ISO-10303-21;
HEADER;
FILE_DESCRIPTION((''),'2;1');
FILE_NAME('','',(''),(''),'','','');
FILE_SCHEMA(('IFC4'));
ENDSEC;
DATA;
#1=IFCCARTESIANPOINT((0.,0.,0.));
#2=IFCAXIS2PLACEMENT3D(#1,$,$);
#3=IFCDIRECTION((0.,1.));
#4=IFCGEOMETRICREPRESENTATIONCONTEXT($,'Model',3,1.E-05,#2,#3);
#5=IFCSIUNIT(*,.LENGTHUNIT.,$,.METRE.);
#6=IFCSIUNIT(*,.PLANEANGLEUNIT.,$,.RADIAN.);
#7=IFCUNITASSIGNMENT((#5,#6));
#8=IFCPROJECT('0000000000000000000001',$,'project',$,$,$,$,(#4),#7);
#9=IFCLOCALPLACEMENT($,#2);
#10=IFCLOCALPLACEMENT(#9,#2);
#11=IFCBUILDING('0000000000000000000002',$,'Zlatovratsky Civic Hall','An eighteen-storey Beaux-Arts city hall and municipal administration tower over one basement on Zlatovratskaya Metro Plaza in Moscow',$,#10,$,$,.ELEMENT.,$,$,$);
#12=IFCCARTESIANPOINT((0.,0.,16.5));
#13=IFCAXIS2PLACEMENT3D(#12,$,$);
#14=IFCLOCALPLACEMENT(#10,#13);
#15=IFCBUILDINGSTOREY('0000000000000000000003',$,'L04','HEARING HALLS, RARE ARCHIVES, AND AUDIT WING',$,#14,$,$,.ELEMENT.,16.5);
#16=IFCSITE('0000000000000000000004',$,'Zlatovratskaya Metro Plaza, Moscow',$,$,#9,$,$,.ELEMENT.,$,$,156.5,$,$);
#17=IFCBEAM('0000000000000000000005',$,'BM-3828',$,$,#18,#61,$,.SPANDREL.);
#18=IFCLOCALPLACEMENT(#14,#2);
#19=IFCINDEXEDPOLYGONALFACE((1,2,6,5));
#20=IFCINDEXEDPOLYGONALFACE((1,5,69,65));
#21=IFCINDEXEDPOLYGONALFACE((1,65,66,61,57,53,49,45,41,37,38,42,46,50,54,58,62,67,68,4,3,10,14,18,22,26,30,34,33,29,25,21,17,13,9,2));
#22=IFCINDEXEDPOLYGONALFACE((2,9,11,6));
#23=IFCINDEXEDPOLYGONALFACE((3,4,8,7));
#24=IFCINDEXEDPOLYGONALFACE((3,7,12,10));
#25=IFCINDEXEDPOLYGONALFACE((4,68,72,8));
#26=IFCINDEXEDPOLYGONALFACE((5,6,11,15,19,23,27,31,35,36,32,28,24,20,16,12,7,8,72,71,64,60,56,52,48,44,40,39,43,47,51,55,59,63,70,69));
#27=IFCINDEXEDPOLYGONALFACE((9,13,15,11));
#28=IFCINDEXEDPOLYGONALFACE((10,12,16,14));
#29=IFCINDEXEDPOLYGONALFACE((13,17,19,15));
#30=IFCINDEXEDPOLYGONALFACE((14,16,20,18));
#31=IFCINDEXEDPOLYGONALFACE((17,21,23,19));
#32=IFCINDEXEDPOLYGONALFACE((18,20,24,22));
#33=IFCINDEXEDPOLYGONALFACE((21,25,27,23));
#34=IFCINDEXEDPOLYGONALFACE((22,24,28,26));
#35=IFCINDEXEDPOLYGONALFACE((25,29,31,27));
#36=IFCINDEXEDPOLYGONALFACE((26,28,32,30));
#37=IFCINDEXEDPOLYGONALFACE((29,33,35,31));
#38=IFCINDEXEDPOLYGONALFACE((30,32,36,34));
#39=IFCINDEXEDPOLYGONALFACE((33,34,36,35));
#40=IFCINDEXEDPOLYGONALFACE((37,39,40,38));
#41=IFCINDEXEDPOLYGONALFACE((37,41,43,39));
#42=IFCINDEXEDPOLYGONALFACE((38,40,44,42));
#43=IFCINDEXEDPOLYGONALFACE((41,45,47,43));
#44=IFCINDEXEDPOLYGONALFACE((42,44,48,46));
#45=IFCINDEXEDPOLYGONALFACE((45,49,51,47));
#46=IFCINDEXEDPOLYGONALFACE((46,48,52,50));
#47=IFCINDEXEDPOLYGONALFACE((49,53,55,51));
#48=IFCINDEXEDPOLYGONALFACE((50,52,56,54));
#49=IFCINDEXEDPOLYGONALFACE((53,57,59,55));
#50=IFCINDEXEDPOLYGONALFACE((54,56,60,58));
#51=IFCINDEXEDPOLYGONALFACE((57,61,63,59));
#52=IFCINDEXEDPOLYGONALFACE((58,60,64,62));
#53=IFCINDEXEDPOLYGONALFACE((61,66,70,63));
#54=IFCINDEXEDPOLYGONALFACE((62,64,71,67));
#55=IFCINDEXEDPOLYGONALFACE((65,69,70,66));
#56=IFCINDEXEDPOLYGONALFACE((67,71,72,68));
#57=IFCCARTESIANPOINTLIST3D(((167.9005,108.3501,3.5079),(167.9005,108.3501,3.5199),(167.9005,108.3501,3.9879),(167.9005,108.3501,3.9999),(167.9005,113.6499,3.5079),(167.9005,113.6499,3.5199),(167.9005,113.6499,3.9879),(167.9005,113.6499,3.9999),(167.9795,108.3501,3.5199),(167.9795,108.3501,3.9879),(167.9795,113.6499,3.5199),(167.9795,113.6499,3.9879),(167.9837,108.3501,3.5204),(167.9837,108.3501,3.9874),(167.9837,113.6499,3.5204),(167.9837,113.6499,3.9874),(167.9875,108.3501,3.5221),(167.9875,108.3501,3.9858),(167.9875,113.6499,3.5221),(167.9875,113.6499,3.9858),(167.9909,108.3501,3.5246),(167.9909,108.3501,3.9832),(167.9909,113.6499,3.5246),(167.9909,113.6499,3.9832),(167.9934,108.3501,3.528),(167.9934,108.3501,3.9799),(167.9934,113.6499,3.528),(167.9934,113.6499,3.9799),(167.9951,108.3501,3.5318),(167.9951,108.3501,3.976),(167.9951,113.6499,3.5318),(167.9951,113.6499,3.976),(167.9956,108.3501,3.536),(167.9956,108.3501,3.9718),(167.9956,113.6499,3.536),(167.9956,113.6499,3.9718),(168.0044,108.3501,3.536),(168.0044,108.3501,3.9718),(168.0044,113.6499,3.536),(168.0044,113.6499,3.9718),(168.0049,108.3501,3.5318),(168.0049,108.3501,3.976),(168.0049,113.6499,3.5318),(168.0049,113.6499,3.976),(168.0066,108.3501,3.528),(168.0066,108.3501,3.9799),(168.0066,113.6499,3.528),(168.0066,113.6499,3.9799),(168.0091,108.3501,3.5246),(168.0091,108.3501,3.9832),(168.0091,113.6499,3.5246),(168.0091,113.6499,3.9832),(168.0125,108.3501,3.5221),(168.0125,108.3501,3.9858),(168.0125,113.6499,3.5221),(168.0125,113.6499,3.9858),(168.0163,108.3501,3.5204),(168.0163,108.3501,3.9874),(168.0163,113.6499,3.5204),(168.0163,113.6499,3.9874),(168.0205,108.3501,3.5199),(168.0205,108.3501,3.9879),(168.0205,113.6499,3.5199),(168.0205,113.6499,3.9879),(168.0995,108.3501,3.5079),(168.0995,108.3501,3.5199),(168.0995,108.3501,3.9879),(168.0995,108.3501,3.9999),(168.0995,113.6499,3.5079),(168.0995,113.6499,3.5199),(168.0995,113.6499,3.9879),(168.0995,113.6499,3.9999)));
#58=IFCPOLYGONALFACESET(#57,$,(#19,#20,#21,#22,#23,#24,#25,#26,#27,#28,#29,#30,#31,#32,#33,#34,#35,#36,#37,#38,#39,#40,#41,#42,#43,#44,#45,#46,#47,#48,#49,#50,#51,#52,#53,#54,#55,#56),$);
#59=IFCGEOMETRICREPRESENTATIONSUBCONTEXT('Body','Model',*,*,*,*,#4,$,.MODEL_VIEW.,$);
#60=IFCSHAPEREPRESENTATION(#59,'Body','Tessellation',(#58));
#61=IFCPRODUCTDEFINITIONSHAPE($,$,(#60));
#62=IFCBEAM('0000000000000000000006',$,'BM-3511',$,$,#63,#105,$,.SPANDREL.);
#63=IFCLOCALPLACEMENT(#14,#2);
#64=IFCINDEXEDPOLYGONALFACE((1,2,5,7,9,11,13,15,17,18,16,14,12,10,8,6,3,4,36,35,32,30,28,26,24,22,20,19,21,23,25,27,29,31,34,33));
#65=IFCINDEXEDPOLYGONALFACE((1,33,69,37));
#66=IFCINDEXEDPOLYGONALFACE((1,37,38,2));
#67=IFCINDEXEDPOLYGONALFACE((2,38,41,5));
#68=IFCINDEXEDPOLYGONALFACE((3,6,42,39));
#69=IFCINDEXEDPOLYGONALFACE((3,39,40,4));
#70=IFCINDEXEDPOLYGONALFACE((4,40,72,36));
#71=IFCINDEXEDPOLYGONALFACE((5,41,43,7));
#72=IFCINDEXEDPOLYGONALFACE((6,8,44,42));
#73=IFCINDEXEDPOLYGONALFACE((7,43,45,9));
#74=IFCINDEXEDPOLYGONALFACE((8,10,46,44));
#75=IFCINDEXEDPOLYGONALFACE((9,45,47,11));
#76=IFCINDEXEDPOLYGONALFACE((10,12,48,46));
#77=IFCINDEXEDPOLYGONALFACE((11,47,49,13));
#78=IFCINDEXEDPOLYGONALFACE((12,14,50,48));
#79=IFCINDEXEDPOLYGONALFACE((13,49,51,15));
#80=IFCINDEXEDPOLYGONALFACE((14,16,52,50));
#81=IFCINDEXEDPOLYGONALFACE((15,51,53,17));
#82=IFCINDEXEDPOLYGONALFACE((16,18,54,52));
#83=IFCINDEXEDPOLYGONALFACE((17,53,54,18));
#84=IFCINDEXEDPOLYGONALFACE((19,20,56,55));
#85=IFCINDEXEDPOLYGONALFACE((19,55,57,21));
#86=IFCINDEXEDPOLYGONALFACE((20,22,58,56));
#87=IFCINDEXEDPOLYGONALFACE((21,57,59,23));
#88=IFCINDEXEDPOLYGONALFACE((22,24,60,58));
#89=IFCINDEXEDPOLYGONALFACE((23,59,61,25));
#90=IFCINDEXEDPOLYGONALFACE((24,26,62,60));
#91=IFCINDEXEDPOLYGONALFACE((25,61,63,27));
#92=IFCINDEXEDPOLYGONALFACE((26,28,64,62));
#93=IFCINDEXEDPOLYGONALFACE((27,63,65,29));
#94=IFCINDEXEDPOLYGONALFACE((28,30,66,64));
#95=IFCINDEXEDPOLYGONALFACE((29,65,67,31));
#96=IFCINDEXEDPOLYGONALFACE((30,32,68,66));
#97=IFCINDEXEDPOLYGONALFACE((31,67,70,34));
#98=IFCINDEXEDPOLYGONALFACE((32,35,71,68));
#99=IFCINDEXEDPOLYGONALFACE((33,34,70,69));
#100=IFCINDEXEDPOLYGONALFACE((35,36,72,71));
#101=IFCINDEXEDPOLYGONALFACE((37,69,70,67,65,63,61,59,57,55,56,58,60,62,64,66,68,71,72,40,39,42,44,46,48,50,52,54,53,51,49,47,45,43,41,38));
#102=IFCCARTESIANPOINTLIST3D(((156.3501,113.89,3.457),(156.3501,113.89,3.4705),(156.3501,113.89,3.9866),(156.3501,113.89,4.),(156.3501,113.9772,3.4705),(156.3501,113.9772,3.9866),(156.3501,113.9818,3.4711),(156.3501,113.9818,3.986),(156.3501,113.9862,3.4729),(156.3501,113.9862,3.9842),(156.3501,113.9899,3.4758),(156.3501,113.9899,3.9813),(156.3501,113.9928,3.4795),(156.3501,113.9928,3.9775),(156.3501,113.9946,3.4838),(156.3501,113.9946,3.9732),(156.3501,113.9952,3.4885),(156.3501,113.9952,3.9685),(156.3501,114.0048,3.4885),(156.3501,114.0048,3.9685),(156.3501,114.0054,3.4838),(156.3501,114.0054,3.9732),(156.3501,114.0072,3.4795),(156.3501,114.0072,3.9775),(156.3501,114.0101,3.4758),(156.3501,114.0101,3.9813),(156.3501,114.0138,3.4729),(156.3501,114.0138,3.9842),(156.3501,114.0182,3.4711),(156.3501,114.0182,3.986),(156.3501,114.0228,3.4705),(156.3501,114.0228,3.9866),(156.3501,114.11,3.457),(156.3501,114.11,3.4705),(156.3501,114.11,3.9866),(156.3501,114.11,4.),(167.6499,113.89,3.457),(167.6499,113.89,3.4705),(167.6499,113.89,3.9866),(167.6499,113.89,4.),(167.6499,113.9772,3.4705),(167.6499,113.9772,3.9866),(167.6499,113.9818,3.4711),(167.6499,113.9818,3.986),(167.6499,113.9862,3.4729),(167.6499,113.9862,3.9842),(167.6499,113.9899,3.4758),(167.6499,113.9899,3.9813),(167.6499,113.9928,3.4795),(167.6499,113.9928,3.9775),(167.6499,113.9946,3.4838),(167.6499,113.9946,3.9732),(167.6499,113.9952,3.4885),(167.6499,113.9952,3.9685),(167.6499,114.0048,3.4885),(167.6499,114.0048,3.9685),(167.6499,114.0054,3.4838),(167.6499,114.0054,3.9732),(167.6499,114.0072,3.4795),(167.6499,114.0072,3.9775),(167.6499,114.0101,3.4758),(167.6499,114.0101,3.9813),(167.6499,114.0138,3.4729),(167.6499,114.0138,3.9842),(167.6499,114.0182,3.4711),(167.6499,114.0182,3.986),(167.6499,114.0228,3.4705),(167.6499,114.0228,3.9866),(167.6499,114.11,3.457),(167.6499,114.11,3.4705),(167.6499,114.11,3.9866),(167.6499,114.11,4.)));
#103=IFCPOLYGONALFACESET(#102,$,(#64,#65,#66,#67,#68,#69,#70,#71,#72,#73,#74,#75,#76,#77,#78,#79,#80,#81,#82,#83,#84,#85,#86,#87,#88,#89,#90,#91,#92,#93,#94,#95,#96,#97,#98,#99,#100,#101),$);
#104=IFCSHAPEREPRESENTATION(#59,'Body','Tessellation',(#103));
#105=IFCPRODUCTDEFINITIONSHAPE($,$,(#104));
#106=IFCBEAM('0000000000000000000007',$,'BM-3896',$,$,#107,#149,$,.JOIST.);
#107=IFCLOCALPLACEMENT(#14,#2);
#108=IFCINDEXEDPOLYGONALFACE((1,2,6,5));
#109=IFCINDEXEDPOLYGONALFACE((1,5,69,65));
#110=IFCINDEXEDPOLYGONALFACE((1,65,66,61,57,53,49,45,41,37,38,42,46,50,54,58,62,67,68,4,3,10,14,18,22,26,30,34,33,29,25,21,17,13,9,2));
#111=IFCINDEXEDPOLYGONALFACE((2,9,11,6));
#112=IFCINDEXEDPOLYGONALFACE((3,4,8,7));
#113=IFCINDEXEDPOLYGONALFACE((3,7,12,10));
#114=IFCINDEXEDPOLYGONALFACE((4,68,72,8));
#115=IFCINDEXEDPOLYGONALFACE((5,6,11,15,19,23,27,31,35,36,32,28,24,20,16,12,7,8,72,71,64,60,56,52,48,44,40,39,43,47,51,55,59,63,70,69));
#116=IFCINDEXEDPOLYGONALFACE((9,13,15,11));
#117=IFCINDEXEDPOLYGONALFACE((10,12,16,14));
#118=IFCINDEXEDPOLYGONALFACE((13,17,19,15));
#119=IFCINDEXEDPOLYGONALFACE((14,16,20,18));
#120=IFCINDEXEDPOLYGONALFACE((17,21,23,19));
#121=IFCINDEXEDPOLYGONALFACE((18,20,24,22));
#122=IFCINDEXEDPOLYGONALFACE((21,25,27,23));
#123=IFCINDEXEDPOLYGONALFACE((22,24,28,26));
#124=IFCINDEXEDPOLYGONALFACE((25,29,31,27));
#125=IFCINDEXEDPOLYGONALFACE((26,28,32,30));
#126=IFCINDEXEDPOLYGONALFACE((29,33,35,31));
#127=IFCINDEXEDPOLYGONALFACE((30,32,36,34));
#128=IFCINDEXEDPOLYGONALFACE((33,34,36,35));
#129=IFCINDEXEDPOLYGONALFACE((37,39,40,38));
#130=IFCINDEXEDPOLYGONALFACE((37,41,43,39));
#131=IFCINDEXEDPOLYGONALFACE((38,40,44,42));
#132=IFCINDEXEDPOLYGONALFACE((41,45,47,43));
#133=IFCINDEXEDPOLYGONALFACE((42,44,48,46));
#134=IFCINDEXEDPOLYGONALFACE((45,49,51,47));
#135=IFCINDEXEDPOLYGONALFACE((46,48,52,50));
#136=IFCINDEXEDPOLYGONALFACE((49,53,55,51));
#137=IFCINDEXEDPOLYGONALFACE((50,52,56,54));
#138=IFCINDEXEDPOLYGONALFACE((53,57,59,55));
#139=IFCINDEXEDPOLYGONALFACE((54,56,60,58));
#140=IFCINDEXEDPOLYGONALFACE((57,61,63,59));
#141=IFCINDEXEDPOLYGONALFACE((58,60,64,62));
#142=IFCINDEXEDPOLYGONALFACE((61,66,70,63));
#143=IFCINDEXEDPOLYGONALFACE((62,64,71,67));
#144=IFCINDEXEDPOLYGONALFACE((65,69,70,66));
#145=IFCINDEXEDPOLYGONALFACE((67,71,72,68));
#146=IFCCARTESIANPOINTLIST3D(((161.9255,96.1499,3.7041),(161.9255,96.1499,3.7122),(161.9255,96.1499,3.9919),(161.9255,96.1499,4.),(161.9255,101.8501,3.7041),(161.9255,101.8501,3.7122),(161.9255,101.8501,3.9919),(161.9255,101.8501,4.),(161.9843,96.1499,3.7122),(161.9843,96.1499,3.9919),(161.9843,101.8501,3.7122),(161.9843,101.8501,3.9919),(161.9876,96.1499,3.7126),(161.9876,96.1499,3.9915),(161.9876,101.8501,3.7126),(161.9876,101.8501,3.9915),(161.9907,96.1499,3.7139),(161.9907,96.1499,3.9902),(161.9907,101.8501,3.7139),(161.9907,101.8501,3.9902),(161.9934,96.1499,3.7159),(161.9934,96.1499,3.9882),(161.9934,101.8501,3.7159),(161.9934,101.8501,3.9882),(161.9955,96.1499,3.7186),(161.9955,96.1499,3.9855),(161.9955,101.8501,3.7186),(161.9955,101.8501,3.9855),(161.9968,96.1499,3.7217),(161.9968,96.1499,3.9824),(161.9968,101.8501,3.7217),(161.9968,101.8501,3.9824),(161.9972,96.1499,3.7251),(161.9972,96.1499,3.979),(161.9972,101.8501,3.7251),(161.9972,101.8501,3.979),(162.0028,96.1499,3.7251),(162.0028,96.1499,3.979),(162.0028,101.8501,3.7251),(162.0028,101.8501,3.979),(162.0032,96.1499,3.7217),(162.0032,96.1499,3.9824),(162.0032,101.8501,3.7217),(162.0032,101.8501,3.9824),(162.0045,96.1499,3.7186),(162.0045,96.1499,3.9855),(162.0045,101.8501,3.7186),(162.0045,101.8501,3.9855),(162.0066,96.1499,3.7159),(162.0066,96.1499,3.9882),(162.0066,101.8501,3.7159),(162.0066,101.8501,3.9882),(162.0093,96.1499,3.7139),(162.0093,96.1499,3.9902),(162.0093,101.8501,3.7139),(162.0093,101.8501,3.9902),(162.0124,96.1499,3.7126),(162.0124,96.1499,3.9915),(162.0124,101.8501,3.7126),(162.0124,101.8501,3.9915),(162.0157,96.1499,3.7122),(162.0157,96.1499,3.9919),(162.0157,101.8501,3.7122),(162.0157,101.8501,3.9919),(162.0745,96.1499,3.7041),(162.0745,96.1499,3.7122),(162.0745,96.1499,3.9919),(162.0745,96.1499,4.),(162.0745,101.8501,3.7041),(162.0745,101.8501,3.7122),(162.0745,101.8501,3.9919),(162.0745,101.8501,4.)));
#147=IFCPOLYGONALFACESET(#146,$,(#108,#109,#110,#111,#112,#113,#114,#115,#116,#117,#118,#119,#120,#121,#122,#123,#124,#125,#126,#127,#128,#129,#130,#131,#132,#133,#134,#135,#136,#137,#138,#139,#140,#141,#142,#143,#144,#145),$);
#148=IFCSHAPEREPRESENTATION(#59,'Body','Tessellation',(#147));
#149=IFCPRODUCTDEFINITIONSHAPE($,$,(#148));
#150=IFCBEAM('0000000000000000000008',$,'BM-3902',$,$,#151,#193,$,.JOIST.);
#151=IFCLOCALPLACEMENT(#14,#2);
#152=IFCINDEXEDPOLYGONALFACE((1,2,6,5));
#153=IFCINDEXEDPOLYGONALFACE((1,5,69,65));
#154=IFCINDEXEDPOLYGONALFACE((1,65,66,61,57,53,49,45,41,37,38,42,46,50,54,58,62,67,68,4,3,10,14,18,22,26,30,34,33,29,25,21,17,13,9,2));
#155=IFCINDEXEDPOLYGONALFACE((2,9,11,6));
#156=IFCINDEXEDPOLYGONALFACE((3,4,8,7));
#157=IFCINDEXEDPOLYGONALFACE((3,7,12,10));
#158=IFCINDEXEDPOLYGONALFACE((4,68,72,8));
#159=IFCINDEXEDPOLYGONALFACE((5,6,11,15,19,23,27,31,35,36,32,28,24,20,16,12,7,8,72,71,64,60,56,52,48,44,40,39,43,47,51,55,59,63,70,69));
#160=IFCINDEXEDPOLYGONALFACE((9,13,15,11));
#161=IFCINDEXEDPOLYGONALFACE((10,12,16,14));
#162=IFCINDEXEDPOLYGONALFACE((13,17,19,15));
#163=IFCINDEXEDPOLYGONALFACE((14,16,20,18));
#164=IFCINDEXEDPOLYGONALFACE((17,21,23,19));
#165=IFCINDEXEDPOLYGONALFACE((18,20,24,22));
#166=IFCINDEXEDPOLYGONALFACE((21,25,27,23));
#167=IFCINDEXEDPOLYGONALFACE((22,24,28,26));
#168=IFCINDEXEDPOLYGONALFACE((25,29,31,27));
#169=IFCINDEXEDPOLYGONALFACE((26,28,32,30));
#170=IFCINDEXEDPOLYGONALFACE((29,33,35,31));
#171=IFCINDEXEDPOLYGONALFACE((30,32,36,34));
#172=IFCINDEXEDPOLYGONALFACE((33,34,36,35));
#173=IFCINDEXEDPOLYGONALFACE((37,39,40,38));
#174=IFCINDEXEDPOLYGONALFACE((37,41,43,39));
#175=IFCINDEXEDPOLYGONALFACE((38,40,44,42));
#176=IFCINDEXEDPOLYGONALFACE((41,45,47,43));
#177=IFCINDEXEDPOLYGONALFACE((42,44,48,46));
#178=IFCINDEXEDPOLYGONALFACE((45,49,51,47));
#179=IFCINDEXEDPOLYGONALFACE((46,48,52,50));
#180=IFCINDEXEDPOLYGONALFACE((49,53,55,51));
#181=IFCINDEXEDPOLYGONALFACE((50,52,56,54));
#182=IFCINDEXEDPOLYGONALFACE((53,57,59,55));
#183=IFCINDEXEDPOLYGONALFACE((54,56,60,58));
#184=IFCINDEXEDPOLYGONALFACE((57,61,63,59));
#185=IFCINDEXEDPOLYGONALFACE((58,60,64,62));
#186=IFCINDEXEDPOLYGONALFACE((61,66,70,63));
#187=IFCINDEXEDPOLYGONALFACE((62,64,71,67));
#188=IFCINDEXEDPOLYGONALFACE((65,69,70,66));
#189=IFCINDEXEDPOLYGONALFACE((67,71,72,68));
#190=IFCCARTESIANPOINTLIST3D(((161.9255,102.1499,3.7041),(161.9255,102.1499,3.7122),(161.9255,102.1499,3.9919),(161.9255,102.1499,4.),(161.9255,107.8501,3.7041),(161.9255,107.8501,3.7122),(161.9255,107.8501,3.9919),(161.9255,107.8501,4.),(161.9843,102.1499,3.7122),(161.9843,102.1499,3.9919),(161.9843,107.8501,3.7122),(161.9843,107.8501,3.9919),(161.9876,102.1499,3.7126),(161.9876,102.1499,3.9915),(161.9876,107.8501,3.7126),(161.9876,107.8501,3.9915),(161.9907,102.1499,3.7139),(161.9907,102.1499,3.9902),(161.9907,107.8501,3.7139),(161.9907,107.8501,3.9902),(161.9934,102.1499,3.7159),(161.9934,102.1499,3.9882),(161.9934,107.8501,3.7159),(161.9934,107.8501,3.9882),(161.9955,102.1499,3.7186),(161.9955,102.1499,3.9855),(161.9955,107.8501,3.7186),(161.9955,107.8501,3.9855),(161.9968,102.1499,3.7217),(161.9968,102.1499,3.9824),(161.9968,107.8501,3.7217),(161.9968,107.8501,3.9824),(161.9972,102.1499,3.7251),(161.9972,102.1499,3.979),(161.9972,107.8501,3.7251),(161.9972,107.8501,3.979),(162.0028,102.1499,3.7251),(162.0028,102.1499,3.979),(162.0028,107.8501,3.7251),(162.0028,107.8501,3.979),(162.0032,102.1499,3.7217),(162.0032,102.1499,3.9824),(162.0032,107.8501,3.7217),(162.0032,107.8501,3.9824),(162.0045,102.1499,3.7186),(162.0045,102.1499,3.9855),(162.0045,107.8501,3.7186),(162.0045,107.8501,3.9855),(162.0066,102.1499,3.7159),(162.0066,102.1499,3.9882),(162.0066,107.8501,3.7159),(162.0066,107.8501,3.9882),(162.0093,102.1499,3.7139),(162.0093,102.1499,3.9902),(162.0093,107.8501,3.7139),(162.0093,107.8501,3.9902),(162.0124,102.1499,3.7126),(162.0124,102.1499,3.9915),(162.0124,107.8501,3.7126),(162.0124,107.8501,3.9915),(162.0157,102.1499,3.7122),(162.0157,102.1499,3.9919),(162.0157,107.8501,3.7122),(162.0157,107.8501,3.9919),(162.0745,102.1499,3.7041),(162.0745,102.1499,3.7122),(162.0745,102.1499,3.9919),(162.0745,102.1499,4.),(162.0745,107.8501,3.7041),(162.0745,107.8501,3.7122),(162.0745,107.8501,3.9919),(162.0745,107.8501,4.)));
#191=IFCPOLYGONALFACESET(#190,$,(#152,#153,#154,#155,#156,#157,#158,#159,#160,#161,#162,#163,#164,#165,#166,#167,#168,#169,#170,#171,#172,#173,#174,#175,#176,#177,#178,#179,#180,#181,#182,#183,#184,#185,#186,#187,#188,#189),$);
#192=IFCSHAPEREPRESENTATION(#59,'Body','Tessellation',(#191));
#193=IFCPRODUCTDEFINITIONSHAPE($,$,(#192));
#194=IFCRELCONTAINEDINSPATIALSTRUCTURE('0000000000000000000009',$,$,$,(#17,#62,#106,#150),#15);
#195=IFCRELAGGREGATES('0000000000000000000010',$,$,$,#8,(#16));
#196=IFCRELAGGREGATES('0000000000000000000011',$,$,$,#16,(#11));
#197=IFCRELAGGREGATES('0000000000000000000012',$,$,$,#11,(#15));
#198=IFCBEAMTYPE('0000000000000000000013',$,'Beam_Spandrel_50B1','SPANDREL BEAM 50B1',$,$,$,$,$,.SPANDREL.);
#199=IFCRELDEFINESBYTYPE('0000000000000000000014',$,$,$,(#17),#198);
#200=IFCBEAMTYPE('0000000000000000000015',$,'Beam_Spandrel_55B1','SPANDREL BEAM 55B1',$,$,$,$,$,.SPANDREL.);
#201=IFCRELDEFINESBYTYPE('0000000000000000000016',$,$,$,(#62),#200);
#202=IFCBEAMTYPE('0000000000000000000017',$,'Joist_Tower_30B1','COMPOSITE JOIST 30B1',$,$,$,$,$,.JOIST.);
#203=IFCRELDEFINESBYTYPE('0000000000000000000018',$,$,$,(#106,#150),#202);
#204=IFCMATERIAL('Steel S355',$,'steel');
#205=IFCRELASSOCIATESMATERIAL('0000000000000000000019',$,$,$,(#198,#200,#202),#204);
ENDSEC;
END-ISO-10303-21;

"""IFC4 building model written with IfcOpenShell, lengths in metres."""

from ifc_helpers import new_model, si_unit, direction, frame, origin, origin_2d, place, context, subcontext, project, spatial, i_section, extrude, material, material_profile, profile_set, type_object, element, save


model = new_model("IFC4")

# Units and contexts
model_context = context("Model", 3, precision=1e-05, world=origin(), true_north=direction((0.0, 1.0)))
body_context = subcontext(model_context, "Body", "Model", "MODEL_VIEW")
ifc_project = project(units=[si_unit("LENGTHUNIT", "METRE"), si_unit("PLANEANGLEUNIT", "RADIAN")], contexts=[model_context])

# Site, building, storey
site_placement = place(None, origin())
site = spatial("IfcSite", under=ifc_project, at=site_placement, Name="Zlatovratskaya Metro Plaza, Moscow", CompositionType="ELEMENT", RefElevation=156.5)
building_placement = place(site_placement, origin())
building = spatial("IfcBuilding", under=site, at=building_placement, Name="Zlatovratsky Civic Hall", Description="An eighteen-storey Beaux-Arts city hall and municipal administration tower over one basement on Zlatovratskaya Metro Plaza in Moscow", CompositionType="ELEMENT")
storey_placement = place(building_placement, frame((0.0, 0.0, 16.5)))
storey = spatial("IfcBuildingStorey", under=building, at=storey_placement, Name="L04", Description="HEARING HALLS, RARE ARCHIVES, AND AUDIT WING", CompositionType="ELEMENT", Elevation=16.5)

# Beams
ifc_material_1 = material(Name="Steel S355", Category="steel")
ifc_material_profile_1 = material_profile(ifc_material_1, i_section(OverallWidth=0.199, OverallDepth=0.4919, WebThickness=0.0088, FlangeThickness=0.012, FilletRadius=0.0161, at=origin_2d()), Name="50B1")
ifc_profile_set_1 = profile_set([ifc_material_profile_1], Name="Steel S355")
beam_type_1 = type_object("IfcBeamType", Name="Beam_Spandrel_50B1", Description="SPANDREL BEAM 50B1", PredefinedType="SPANDREL", material=ifc_profile_set_1)
for number, where, z_axis, x_axis, name in (
    (1, (168.0, 108.3501, 3.7539), (0.0, 1.0, 0.0), (-1.0, 0.0, 0.0), "BM-3828"),
):
    element("IfcBeam", number, at=place(storey_placement, frame(where, z_axis=z_axis, x_axis=x_axis)), inside=storey, type_object=beam_type_1, Name=name, PredefinedType="SPANDREL", context=body_context, shape_type="SweptSolid", body=[
        extrude(i_section(OverallWidth=0.199, OverallDepth=0.4919, WebThickness=0.0088, FlangeThickness=0.012, FilletRadius=0.0161, at=origin_2d()), origin(), (0.0, 0.0, 1.0), 5.2998),
    ])
ifc_material_profile_2 = material_profile(ifc_material_1, i_section(OverallWidth=0.22, OverallDepth=0.543, WebThickness=0.0095, FlangeThickness=0.0134, FilletRadius=0.0181, at=origin_2d()), Name="55B1")
ifc_profile_set_2 = profile_set([ifc_material_profile_2], Name="Steel S355")
beam_type_2 = type_object("IfcBeamType", Name="Beam_Spandrel_55B1", Description="SPANDREL BEAM 55B1", PredefinedType="SPANDREL", material=ifc_profile_set_2)
beam_1_placement = place(storey_placement, frame((156.3501, 114.0, 3.7285), z_axis=(1.0, 0.0, 0.0), x_axis=(0.0, 1.0, 0.0)))
element("IfcBeam", 2, at=beam_1_placement, inside=storey, type_object=beam_type_2, Name="BM-3511", PredefinedType="SPANDREL", context=body_context, shape_type="SweptSolid", body=[
    extrude(i_section(OverallWidth=0.22, OverallDepth=0.543, WebThickness=0.0095, FlangeThickness=0.0134, FilletRadius=0.0181, at=origin_2d()), origin(), (0.0, 0.0, 1.0), 11.2998),
])
ifc_material_profile_3 = material_profile(ifc_material_1, i_section(OverallWidth=0.1489, OverallDepth=0.2959, WebThickness=0.0056, FlangeThickness=0.0081, FilletRadius=0.0129, at=origin_2d()), Name="30B1")
ifc_profile_set_3 = profile_set([ifc_material_profile_3], Name="Steel S355")
beam_type_3 = type_object("IfcBeamType", Name="Joist_Tower_30B1", Description="COMPOSITE JOIST 30B1", PredefinedType="JOIST", material=ifc_profile_set_3)
for number, where, z_axis, x_axis, name in (
    (3, (162.0, 96.1499, 3.8521), (0.0, 1.0, 0.0), (-1.0, 0.0, 0.0), "BM-3896"),
    (4, (162.0, 102.1499, 3.8521), (0.0, 1.0, 0.0), (-1.0, 0.0, 0.0), "BM-3902"),
):
    element("IfcBeam", number, at=place(storey_placement, frame(where, z_axis=z_axis, x_axis=x_axis)), inside=storey, type_object=beam_type_3, Name=name, PredefinedType="JOIST", context=body_context, shape_type="SweptSolid", body=[
        extrude(i_section(OverallWidth=0.1489, OverallDepth=0.2959, WebThickness=0.0056, FlangeThickness=0.0081, FilletRadius=0.0129, at=origin_2d()), origin(), (0.0, 0.0, 1.0), 5.7002),
    ])

save(model, "model.ifc")
